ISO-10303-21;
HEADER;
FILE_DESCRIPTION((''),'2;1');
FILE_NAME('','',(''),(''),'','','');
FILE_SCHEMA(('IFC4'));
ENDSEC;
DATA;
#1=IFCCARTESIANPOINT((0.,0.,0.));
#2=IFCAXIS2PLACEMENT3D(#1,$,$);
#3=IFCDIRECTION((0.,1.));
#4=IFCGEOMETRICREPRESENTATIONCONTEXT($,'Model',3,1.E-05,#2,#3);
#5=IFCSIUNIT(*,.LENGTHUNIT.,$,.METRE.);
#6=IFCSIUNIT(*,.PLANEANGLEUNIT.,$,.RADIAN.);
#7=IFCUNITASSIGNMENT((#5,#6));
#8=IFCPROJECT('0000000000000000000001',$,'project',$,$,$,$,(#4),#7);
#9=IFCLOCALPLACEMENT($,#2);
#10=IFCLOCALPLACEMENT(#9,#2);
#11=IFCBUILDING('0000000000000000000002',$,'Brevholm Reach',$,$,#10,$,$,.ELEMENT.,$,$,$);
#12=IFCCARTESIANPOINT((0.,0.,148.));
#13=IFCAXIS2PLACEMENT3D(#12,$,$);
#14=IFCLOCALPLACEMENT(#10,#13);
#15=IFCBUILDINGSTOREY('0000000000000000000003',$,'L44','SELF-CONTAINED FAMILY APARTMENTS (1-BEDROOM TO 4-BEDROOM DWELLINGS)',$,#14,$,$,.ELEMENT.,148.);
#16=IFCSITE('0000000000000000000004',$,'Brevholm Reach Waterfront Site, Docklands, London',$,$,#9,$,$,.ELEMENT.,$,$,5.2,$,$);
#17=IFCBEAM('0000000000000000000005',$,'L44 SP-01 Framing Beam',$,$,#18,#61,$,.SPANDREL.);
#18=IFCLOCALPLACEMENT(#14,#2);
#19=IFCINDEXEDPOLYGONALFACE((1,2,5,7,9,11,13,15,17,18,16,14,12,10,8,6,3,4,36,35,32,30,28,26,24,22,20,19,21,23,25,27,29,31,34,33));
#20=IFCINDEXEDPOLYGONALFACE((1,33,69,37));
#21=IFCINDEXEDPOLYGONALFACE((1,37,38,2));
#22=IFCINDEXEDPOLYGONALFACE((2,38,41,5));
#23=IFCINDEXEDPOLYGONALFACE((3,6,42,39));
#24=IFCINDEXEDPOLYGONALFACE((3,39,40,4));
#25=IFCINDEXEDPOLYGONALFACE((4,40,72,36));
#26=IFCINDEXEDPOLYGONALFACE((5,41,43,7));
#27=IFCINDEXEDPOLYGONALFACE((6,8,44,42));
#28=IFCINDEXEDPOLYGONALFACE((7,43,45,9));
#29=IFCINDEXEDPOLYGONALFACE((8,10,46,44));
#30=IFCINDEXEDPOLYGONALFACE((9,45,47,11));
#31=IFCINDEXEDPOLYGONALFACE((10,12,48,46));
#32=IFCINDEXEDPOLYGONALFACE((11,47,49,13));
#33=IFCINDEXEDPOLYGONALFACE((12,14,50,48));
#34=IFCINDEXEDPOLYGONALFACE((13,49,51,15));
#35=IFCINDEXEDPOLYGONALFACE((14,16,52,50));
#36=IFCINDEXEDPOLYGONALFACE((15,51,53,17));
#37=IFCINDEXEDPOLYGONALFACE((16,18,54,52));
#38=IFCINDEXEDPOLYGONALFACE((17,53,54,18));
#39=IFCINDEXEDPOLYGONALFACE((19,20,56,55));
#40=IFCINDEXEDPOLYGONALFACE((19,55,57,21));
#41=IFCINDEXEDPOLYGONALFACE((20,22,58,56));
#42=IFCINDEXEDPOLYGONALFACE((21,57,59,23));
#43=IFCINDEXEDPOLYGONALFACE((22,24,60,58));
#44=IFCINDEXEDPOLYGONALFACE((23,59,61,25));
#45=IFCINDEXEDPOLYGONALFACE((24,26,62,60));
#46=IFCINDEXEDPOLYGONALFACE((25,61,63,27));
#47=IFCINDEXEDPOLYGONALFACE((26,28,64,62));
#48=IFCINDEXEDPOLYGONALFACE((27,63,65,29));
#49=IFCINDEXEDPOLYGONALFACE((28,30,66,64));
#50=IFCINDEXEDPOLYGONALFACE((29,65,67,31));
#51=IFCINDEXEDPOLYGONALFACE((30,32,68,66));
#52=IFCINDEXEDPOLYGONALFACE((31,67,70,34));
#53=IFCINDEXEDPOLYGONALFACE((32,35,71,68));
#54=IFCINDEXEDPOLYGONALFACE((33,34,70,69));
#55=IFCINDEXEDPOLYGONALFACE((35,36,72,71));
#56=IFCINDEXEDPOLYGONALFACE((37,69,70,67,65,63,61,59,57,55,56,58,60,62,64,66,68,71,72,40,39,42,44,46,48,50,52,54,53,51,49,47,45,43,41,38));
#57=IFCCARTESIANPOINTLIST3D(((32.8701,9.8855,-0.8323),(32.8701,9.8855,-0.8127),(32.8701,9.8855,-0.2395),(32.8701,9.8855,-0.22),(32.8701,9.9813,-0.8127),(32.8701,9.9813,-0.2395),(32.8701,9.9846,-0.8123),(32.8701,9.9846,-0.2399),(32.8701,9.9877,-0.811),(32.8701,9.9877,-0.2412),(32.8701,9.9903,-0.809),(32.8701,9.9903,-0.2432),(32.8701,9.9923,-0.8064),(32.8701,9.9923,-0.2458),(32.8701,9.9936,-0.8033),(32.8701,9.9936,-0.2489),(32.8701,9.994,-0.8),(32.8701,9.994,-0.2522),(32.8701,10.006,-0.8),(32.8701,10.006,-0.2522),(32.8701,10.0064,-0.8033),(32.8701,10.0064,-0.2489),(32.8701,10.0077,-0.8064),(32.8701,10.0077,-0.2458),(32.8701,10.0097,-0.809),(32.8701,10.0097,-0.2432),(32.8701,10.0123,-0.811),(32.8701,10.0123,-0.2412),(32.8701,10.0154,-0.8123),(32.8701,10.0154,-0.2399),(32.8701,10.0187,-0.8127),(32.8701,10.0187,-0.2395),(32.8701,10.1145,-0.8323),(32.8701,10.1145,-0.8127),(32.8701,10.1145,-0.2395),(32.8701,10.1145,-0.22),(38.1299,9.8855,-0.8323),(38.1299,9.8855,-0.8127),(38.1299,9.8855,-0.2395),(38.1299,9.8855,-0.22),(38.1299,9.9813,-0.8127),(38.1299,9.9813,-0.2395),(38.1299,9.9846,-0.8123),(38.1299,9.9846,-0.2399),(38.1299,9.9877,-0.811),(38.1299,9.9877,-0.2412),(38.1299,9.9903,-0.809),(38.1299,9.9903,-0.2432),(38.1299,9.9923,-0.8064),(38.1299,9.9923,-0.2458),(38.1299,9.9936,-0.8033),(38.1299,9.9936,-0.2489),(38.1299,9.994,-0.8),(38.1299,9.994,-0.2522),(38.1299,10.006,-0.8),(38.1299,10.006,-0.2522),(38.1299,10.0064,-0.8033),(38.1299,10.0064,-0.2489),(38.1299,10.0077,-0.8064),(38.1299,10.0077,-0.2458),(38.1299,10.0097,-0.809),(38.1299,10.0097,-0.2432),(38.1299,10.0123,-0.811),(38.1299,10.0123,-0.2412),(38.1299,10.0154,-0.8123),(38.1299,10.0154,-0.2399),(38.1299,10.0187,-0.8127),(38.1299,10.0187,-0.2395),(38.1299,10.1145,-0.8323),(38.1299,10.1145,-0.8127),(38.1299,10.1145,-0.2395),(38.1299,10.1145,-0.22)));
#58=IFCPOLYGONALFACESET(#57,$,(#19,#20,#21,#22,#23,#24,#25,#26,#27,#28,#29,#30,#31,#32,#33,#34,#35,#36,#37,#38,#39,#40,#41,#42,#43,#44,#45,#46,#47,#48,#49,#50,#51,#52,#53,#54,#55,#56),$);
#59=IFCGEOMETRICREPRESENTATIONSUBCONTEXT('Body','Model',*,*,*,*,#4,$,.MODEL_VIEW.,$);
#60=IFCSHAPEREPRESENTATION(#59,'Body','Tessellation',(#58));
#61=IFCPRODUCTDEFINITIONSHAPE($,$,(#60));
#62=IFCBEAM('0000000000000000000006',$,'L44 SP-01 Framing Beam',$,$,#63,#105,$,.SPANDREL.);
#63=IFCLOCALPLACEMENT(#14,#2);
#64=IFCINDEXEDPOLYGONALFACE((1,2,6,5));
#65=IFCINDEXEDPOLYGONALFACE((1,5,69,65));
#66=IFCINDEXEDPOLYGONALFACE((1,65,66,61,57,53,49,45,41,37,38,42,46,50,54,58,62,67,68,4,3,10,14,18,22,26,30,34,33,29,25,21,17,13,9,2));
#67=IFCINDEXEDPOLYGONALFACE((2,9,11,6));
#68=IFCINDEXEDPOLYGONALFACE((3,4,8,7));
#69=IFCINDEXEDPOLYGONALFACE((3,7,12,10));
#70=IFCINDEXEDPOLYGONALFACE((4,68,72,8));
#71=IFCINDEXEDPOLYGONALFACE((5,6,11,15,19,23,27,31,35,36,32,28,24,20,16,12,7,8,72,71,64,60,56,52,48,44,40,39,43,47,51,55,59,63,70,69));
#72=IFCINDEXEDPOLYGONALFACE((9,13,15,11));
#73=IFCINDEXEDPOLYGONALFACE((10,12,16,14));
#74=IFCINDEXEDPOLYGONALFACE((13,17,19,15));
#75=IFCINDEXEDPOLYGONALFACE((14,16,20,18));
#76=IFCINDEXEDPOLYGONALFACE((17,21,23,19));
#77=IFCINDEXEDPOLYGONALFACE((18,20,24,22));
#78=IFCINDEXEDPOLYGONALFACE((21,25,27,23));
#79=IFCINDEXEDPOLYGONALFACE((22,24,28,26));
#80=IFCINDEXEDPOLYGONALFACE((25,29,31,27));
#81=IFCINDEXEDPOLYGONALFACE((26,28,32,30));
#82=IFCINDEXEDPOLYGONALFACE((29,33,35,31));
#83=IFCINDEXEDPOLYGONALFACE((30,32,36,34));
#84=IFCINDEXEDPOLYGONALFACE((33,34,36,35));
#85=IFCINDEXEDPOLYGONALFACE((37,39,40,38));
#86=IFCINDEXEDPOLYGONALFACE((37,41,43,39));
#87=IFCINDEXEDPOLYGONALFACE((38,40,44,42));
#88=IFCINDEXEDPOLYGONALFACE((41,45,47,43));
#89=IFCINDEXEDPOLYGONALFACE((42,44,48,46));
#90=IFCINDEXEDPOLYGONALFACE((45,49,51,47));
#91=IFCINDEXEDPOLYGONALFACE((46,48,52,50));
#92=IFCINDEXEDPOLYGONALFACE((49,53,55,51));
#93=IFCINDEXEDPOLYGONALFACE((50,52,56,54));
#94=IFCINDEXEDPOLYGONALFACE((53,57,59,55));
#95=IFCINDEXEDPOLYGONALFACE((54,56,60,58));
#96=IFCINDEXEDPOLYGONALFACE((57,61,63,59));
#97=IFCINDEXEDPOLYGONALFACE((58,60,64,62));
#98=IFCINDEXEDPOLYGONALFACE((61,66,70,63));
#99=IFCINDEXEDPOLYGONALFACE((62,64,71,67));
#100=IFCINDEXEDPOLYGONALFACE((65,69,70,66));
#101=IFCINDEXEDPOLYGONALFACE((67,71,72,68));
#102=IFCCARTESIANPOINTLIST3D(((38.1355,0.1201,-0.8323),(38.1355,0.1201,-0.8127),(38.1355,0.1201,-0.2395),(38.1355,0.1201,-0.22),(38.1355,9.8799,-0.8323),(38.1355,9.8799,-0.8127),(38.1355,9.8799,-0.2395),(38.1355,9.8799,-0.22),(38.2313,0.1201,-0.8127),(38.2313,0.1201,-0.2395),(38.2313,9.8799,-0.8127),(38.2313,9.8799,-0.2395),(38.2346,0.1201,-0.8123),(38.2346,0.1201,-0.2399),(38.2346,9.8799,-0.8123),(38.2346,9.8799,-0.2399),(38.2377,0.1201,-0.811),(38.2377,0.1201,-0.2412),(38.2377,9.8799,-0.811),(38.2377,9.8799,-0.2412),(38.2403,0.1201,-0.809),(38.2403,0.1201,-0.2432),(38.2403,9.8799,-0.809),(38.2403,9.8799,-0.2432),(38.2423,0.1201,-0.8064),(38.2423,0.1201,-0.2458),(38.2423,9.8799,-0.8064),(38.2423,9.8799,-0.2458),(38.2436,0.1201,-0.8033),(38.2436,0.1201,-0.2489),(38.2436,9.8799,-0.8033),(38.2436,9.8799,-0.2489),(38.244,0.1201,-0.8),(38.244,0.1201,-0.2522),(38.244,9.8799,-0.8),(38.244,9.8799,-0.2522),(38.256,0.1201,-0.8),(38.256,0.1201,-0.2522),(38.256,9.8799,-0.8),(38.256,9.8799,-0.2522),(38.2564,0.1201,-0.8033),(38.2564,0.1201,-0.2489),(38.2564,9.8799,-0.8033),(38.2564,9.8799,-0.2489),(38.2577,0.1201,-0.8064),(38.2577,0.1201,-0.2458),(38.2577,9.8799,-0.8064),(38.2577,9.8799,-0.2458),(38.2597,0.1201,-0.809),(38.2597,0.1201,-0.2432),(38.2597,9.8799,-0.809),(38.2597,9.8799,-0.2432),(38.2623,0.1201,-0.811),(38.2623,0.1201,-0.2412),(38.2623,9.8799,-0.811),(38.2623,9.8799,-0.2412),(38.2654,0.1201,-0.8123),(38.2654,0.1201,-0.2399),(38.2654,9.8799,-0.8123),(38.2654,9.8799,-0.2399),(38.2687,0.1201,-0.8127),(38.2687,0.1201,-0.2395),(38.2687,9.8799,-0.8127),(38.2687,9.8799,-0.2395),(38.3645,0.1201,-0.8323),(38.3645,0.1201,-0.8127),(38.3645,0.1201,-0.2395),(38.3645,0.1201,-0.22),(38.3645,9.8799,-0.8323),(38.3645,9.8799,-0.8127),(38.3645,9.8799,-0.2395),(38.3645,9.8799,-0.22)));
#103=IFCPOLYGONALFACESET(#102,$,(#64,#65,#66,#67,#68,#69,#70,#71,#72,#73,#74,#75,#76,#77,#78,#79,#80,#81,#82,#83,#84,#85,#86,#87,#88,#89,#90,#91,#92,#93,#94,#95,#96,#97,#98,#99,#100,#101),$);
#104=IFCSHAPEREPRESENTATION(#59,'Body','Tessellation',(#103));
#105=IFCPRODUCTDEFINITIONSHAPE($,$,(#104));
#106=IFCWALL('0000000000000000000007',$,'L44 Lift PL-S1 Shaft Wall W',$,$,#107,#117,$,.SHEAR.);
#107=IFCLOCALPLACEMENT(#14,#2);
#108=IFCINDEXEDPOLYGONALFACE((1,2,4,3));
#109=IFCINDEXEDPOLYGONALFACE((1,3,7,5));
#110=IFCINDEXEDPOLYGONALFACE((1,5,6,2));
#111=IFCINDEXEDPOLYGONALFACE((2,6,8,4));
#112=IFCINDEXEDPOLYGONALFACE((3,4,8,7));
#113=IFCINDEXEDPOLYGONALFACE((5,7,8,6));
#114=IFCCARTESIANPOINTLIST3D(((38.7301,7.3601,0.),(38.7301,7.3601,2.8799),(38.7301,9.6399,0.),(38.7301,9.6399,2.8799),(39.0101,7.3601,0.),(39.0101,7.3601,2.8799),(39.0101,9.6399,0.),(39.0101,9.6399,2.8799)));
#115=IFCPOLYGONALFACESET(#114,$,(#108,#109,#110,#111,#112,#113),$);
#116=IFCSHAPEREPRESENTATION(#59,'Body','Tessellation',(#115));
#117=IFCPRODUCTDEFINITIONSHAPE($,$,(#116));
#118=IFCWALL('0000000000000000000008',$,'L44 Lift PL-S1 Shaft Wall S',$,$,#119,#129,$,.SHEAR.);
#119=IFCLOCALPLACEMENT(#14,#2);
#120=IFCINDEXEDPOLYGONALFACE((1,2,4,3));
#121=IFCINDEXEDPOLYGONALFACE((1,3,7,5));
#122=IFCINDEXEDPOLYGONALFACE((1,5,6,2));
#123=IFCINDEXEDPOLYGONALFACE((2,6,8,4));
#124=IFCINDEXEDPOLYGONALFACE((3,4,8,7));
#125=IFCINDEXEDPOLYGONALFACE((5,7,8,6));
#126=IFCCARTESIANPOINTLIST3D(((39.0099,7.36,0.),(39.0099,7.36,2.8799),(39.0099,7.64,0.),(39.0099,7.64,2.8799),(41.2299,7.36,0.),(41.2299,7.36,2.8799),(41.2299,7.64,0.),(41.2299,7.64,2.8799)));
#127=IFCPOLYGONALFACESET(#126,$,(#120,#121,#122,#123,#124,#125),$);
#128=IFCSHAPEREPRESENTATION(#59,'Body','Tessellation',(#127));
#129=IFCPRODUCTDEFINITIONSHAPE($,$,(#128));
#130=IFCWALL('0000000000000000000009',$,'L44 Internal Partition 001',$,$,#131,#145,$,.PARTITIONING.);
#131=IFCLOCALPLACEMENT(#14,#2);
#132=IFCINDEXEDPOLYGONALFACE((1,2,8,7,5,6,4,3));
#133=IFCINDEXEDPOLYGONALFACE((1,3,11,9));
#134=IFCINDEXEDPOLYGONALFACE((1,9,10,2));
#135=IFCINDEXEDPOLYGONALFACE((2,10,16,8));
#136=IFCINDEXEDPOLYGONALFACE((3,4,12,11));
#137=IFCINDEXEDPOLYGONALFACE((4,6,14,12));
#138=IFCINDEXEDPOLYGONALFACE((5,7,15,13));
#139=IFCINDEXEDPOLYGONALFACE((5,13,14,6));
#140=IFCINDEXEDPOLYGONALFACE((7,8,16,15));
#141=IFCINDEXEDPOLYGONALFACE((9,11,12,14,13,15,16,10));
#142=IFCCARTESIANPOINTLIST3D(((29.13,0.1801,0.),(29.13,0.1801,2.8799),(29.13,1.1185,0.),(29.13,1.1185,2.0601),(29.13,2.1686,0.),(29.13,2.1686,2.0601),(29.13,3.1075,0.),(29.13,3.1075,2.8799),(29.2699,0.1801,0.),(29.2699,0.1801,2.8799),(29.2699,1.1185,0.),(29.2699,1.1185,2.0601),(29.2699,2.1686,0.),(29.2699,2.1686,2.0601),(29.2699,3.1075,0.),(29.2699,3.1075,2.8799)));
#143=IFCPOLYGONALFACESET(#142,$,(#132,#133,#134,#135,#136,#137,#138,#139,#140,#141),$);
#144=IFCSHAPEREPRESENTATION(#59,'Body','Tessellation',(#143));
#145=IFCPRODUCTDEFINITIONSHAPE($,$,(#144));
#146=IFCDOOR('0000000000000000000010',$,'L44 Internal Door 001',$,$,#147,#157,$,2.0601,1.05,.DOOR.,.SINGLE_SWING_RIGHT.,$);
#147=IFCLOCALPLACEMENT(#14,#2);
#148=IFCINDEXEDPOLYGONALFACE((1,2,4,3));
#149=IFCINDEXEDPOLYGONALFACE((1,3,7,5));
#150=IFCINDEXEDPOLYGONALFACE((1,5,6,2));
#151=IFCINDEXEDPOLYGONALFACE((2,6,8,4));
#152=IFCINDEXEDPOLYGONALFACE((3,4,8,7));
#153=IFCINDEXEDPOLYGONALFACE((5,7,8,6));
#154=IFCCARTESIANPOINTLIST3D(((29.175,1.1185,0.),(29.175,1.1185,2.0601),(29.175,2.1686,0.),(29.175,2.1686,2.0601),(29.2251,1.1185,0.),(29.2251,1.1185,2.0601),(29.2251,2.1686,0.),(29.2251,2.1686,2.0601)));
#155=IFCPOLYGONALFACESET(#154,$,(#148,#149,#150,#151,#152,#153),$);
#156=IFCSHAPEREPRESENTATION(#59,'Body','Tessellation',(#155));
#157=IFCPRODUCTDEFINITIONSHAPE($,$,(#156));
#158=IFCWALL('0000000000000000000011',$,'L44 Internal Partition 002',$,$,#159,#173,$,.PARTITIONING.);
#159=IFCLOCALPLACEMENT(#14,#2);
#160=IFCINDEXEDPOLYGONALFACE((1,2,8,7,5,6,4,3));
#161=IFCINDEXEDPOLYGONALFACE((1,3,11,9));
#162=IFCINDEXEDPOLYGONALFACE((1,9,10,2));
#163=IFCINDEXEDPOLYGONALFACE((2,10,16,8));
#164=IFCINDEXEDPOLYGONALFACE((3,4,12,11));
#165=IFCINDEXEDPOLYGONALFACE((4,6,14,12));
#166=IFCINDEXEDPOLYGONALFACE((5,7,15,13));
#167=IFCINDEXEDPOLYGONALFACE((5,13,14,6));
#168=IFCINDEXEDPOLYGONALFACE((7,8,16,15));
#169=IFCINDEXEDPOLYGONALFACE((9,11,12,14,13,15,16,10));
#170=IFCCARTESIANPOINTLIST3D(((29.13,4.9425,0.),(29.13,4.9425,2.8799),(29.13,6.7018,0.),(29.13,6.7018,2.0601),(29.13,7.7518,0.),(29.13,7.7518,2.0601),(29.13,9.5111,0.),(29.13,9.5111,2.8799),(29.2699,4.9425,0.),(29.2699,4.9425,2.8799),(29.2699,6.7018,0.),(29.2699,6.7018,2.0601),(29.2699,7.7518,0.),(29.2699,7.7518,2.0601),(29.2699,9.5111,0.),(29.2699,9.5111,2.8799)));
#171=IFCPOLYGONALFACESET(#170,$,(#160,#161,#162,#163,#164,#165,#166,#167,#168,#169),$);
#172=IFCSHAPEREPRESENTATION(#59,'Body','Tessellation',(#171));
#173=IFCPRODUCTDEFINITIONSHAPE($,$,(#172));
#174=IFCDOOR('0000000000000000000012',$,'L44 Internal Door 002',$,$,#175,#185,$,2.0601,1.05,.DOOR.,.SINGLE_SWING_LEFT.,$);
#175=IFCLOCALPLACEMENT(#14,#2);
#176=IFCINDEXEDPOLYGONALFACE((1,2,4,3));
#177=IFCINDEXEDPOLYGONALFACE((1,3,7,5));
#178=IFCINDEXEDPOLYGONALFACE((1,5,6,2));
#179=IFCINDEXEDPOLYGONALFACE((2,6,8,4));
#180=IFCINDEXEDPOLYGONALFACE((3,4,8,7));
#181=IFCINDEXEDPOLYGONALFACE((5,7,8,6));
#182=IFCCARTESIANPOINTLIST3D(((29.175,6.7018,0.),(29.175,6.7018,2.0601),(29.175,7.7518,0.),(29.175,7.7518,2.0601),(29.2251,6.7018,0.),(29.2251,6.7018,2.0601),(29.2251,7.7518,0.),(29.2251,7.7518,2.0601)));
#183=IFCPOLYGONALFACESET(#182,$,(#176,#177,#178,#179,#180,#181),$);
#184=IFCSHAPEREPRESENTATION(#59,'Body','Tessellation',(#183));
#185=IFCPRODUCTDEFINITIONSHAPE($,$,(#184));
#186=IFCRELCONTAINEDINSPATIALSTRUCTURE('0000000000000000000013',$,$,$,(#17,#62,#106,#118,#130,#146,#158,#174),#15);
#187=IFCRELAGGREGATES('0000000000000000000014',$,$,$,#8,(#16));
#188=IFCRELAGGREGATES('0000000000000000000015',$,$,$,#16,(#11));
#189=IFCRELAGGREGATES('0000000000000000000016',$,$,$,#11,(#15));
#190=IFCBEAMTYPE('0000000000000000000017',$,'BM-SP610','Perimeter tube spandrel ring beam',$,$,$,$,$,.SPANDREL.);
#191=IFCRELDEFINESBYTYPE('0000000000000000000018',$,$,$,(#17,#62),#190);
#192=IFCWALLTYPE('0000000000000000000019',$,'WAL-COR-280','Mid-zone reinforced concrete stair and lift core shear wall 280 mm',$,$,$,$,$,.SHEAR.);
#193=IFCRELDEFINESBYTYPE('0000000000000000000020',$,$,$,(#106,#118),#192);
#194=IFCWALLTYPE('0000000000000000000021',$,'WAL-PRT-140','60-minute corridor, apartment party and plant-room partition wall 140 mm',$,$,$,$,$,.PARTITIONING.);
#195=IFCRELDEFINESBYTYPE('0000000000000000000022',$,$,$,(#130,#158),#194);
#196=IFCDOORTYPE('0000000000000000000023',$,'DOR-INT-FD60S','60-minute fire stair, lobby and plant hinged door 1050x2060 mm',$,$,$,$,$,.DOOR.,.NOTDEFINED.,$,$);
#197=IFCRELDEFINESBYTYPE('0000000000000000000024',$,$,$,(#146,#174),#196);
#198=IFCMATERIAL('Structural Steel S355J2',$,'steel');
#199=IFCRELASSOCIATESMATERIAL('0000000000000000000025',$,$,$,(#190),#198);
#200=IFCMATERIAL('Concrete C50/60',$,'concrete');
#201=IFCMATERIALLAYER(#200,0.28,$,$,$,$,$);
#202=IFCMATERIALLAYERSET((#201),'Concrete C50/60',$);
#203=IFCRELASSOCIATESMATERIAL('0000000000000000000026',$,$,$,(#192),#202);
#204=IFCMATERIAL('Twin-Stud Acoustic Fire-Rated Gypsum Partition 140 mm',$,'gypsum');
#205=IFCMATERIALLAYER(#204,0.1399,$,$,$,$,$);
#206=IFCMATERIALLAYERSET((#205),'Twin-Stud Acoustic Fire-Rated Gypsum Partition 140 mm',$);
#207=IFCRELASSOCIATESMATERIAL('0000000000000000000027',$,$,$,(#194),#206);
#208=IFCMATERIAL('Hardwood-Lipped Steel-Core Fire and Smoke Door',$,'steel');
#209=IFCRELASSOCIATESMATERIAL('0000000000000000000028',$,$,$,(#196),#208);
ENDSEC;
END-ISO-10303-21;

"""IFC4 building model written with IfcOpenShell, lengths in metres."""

from ifc_helpers import new_model, si_unit, direction, frame, frame_2d, origin, origin_2d, place, context, subcontext, project, spatial, rectangle, i_section, extrude, material, layer, layer_set, material_profile, profile_set, type_object, element, fill, save


model = new_model("IFC4")

# Units and contexts
model_context = context("Model", 3, precision=1e-05, world=origin(), true_north=direction((0.0, 1.0)))
body_context = subcontext(model_context, "Body", "Model", "MODEL_VIEW")
ifc_project = project(units=[si_unit("LENGTHUNIT", "METRE"), si_unit("PLANEANGLEUNIT", "RADIAN")], contexts=[model_context])

# Site, building, storey
site_placement = place(None, origin())
site = spatial("IfcSite", under=ifc_project, at=site_placement, Name="Brevholm Reach Waterfront Site, Docklands, London", CompositionType="ELEMENT", RefElevation=5.2)
building_placement = place(site_placement, origin())
building = spatial("IfcBuilding", under=site, at=building_placement, Name="Brevholm Reach", CompositionType="ELEMENT")
storey_placement = place(building_placement, frame((0.0, 0.0, 148.0)))
storey = spatial("IfcBuildingStorey", under=building, at=storey_placement, Name="L44", Description="SELF-CONTAINED FAMILY APARTMENTS (1-BEDROOM TO 4-BEDROOM DWELLINGS)", CompositionType="ELEMENT", Elevation=148.0)

# Beams
ifc_material_1 = material(Name="Structural Steel S355J2", Category="steel")
ifc_material_profile_1 = material_profile(ifc_material_1, i_section(OverallWidth=0.229, OverallDepth=0.6123, WebThickness=0.012, FlangeThickness=0.0195, FilletRadius=0.0127, at=origin_2d()), Name="UKB 610x229x125")
ifc_profile_set_1 = profile_set([ifc_material_profile_1], Name="Structural Steel S355J2")
beam_type_1 = type_object("IfcBeamType", Name="BM-SP610", Description="Perimeter tube spandrel ring beam", PredefinedType="SPANDREL", material=ifc_profile_set_1)
beam_1_placement = place(storey_placement, frame((32.8701, 10.0, -0.5261), z_axis=(1.0, 0.0, 0.0), x_axis=(0.0, 1.0, 0.0)))
element("IfcBeam", 1, at=beam_1_placement, inside=storey, type_object=beam_type_1, Name="L44 SP-01 Framing Beam", PredefinedType="SPANDREL", context=body_context, shape_type="SweptSolid", body=[
    extrude(i_section(OverallWidth=0.229, OverallDepth=0.6123, WebThickness=0.012, FlangeThickness=0.0195, FilletRadius=0.0127, at=origin_2d()), origin(), (0.0, 0.0, 1.0), 5.2598),
])
beam_2_placement = place(storey_placement, frame((38.25, 0.1201, -0.5261), z_axis=(0.0, 1.0, 0.0), x_axis=(-1.0, 0.0, 0.0)))
element("IfcBeam", 2, at=beam_2_placement, inside=storey, type_object=beam_type_1, Name="L44 SP-01 Framing Beam", PredefinedType="SPANDREL", context=body_context, shape_type="SweptSolid", body=[
    extrude(i_section(OverallWidth=0.229, OverallDepth=0.6123, WebThickness=0.012, FlangeThickness=0.0195, FilletRadius=0.0127, at=origin_2d()), origin(), (0.0, 0.0, 1.0), 9.7598),
])

# Walls
ifc_material_2 = material(Name="Concrete C50/60", Category="concrete")
ifc_layer_1 = layer(ifc_material_2, 0.28)
ifc_layer_set_1 = layer_set([ifc_layer_1], Name="Concrete C50/60")
wall_type_1 = type_object("IfcWallType", Name="WAL-COR-280", Description="Mid-zone reinforced concrete stair and lift core shear wall 280 mm", PredefinedType="SHEAR", material=ifc_layer_set_1)
wall_1_placement = place(storey_placement, frame((38.8701, 7.3601, 0.0), z_axis=(0.0, 0.0, 1.0), x_axis=(0.0, 1.0, 0.0)))
element("IfcWall", 3, at=wall_1_placement, inside=storey, type_object=wall_type_1, Name="L44 Lift PL-S1 Shaft Wall W", PredefinedType="SHEAR", context=body_context, shape_type="SweptSolid", body=[
    extrude(rectangle(XDim=2.2798, YDim=0.28, at=frame_2d((1.1399, 0.0))), origin(), (0.0, 0.0, 1.0), 2.8799),
])
wall_2_placement = place(storey_placement, frame((39.01, 7.5, 0.0), z_axis=(0.0, 0.0, 1.0), x_axis=(1.0, 0.0, 0.0)))
element("IfcWall", 4, at=wall_2_placement, inside=storey, type_object=wall_type_1, Name="L44 Lift PL-S1 Shaft Wall S", PredefinedType="SHEAR", context=body_context, shape_type="SweptSolid", body=[
    extrude(rectangle(XDim=2.22, YDim=0.28, at=frame_2d((1.1099, 0.0))), origin(), (0.0, 0.0, 1.0), 2.8799),
])

# Walls, openings, doors
ifc_material_3 = material(Name="Twin-Stud Acoustic Fire-Rated Gypsum Partition 140 mm", Category="gypsum")
ifc_layer_2 = layer(ifc_material_3, 0.1399)
ifc_layer_set_2 = layer_set([ifc_layer_2], Name="Twin-Stud Acoustic Fire-Rated Gypsum Partition 140 mm")
wall_type_2 = type_object("IfcWallType", Name="WAL-PRT-140", Description="60-minute corridor, apartment party and plant-room partition wall 140 mm", PredefinedType="PARTITIONING", material=ifc_layer_set_2)
wall_3_placement = place(storey_placement, frame((29.2, 0.1799, 0.0), z_axis=(0.0, 0.0, 1.0), x_axis=(0.0, 1.0, 0.0)))
wall_3 = element("IfcWall", 5, at=wall_3_placement, inside=storey, type_object=wall_type_2, Name="L44 Internal Partition 001", PredefinedType="PARTITIONING", context=body_context, shape_type="SweptSolid", body=[
    extrude(rectangle(XDim=2.9275, YDim=0.1399, at=frame_2d((1.4639, 0.0))), origin(), (0.0, 0.0, 1.0), 2.8799),
])
opening_1_placement = place(wall_3_placement, frame((0.9387, 0.0, 0.0)))
opening_1 = element("IfcOpeningElement", 6, at=opening_1_placement, cuts=wall_3, PredefinedType="OPENING", context=body_context, shape_type="SweptSolid", body=[
    extrude(rectangle(XDim=1.05, YDim=2.0601, at=frame_2d((0.5249, 1.03))), frame((0.0, 0.0798, 0.0), z_axis=(0.0, -1.0, 0.0), x_axis=(1.0, 0.0, 0.0)), (0.0, 0.0, 1.0), 0.1599),
])
ifc_material_4 = material(Name="Hardwood-Lipped Steel-Core Fire and Smoke Door", Category="steel")
door_type_1 = type_object("IfcDoorType", Name="DOR-INT-FD60S", Description="60-minute fire stair, lobby and plant hinged door 1050x2060 mm", OperationType="NOTDEFINED", PredefinedType="DOOR", material=ifc_material_4)
door_1_placement = place(opening_1_placement, origin())
door_1 = element("IfcDoor", 7, at=door_1_placement, inside=storey, type_object=door_type_1, Name="L44 Internal Door 001", OperationType="SINGLE_SWING_RIGHT", OverallHeight=2.0601, OverallWidth=1.05, PredefinedType="DOOR", context=body_context, shape_type="SweptSolid", body=[
    extrude(rectangle(XDim=1.05, YDim=2.0601, at=frame_2d((0.5249, 1.03))), frame((0.0, 0.0249, 0.0), z_axis=(0.0, -1.0, 0.0), x_axis=(1.0, 0.0, 0.0)), (0.0, 0.0, 1.0), 0.05),
])
fill(opening_1, door_1)
wall_4_placement = place(storey_placement, frame((29.2, 4.9426, 0.0), z_axis=(0.0, 0.0, 1.0), x_axis=(0.0, 1.0, 0.0)))
wall_4 = element("IfcWall", 8, at=wall_4_placement, inside=storey, type_object=wall_type_2, Name="L44 Internal Partition 002", PredefinedType="PARTITIONING", context=body_context, shape_type="SweptSolid", body=[
    extrude(rectangle(XDim=4.5686, YDim=0.1399, at=frame_2d((2.2842, 0.0))), origin(), (0.0, 0.0, 1.0), 2.8799),
])
opening_2_placement = place(wall_4_placement, frame((1.7593, 0.0, 0.0)))
opening_2 = element("IfcOpeningElement", 9, at=opening_2_placement, cuts=wall_4, PredefinedType="OPENING", context=body_context, shape_type="SweptSolid", body=[
    extrude(rectangle(XDim=1.05, YDim=2.0601, at=frame_2d((0.5249, 1.03))), frame((0.0, 0.0798, 0.0), z_axis=(0.0, -1.0, 0.0), x_axis=(1.0, 0.0, 0.0)), (0.0, 0.0, 1.0), 0.1599),
])
door_2_placement = place(opening_2_placement, origin())
door_2 = element("IfcDoor", 10, at=door_2_placement, inside=storey, type_object=door_type_1, Name="L44 Internal Door 002", OperationType="SINGLE_SWING_LEFT", OverallHeight=2.0601, OverallWidth=1.05, PredefinedType="DOOR", context=body_context, shape_type="SweptSolid", body=[
    extrude(rectangle(XDim=1.05, YDim=2.0601, at=frame_2d((0.5249, 1.03))), frame((0.0, 0.0249, 0.0), z_axis=(0.0, -1.0, 0.0), x_axis=(1.0, 0.0, 0.0)), (0.0, 0.0, 1.0), 0.05),
])
fill(opening_2, door_2)

save(model, "model.ifc")
